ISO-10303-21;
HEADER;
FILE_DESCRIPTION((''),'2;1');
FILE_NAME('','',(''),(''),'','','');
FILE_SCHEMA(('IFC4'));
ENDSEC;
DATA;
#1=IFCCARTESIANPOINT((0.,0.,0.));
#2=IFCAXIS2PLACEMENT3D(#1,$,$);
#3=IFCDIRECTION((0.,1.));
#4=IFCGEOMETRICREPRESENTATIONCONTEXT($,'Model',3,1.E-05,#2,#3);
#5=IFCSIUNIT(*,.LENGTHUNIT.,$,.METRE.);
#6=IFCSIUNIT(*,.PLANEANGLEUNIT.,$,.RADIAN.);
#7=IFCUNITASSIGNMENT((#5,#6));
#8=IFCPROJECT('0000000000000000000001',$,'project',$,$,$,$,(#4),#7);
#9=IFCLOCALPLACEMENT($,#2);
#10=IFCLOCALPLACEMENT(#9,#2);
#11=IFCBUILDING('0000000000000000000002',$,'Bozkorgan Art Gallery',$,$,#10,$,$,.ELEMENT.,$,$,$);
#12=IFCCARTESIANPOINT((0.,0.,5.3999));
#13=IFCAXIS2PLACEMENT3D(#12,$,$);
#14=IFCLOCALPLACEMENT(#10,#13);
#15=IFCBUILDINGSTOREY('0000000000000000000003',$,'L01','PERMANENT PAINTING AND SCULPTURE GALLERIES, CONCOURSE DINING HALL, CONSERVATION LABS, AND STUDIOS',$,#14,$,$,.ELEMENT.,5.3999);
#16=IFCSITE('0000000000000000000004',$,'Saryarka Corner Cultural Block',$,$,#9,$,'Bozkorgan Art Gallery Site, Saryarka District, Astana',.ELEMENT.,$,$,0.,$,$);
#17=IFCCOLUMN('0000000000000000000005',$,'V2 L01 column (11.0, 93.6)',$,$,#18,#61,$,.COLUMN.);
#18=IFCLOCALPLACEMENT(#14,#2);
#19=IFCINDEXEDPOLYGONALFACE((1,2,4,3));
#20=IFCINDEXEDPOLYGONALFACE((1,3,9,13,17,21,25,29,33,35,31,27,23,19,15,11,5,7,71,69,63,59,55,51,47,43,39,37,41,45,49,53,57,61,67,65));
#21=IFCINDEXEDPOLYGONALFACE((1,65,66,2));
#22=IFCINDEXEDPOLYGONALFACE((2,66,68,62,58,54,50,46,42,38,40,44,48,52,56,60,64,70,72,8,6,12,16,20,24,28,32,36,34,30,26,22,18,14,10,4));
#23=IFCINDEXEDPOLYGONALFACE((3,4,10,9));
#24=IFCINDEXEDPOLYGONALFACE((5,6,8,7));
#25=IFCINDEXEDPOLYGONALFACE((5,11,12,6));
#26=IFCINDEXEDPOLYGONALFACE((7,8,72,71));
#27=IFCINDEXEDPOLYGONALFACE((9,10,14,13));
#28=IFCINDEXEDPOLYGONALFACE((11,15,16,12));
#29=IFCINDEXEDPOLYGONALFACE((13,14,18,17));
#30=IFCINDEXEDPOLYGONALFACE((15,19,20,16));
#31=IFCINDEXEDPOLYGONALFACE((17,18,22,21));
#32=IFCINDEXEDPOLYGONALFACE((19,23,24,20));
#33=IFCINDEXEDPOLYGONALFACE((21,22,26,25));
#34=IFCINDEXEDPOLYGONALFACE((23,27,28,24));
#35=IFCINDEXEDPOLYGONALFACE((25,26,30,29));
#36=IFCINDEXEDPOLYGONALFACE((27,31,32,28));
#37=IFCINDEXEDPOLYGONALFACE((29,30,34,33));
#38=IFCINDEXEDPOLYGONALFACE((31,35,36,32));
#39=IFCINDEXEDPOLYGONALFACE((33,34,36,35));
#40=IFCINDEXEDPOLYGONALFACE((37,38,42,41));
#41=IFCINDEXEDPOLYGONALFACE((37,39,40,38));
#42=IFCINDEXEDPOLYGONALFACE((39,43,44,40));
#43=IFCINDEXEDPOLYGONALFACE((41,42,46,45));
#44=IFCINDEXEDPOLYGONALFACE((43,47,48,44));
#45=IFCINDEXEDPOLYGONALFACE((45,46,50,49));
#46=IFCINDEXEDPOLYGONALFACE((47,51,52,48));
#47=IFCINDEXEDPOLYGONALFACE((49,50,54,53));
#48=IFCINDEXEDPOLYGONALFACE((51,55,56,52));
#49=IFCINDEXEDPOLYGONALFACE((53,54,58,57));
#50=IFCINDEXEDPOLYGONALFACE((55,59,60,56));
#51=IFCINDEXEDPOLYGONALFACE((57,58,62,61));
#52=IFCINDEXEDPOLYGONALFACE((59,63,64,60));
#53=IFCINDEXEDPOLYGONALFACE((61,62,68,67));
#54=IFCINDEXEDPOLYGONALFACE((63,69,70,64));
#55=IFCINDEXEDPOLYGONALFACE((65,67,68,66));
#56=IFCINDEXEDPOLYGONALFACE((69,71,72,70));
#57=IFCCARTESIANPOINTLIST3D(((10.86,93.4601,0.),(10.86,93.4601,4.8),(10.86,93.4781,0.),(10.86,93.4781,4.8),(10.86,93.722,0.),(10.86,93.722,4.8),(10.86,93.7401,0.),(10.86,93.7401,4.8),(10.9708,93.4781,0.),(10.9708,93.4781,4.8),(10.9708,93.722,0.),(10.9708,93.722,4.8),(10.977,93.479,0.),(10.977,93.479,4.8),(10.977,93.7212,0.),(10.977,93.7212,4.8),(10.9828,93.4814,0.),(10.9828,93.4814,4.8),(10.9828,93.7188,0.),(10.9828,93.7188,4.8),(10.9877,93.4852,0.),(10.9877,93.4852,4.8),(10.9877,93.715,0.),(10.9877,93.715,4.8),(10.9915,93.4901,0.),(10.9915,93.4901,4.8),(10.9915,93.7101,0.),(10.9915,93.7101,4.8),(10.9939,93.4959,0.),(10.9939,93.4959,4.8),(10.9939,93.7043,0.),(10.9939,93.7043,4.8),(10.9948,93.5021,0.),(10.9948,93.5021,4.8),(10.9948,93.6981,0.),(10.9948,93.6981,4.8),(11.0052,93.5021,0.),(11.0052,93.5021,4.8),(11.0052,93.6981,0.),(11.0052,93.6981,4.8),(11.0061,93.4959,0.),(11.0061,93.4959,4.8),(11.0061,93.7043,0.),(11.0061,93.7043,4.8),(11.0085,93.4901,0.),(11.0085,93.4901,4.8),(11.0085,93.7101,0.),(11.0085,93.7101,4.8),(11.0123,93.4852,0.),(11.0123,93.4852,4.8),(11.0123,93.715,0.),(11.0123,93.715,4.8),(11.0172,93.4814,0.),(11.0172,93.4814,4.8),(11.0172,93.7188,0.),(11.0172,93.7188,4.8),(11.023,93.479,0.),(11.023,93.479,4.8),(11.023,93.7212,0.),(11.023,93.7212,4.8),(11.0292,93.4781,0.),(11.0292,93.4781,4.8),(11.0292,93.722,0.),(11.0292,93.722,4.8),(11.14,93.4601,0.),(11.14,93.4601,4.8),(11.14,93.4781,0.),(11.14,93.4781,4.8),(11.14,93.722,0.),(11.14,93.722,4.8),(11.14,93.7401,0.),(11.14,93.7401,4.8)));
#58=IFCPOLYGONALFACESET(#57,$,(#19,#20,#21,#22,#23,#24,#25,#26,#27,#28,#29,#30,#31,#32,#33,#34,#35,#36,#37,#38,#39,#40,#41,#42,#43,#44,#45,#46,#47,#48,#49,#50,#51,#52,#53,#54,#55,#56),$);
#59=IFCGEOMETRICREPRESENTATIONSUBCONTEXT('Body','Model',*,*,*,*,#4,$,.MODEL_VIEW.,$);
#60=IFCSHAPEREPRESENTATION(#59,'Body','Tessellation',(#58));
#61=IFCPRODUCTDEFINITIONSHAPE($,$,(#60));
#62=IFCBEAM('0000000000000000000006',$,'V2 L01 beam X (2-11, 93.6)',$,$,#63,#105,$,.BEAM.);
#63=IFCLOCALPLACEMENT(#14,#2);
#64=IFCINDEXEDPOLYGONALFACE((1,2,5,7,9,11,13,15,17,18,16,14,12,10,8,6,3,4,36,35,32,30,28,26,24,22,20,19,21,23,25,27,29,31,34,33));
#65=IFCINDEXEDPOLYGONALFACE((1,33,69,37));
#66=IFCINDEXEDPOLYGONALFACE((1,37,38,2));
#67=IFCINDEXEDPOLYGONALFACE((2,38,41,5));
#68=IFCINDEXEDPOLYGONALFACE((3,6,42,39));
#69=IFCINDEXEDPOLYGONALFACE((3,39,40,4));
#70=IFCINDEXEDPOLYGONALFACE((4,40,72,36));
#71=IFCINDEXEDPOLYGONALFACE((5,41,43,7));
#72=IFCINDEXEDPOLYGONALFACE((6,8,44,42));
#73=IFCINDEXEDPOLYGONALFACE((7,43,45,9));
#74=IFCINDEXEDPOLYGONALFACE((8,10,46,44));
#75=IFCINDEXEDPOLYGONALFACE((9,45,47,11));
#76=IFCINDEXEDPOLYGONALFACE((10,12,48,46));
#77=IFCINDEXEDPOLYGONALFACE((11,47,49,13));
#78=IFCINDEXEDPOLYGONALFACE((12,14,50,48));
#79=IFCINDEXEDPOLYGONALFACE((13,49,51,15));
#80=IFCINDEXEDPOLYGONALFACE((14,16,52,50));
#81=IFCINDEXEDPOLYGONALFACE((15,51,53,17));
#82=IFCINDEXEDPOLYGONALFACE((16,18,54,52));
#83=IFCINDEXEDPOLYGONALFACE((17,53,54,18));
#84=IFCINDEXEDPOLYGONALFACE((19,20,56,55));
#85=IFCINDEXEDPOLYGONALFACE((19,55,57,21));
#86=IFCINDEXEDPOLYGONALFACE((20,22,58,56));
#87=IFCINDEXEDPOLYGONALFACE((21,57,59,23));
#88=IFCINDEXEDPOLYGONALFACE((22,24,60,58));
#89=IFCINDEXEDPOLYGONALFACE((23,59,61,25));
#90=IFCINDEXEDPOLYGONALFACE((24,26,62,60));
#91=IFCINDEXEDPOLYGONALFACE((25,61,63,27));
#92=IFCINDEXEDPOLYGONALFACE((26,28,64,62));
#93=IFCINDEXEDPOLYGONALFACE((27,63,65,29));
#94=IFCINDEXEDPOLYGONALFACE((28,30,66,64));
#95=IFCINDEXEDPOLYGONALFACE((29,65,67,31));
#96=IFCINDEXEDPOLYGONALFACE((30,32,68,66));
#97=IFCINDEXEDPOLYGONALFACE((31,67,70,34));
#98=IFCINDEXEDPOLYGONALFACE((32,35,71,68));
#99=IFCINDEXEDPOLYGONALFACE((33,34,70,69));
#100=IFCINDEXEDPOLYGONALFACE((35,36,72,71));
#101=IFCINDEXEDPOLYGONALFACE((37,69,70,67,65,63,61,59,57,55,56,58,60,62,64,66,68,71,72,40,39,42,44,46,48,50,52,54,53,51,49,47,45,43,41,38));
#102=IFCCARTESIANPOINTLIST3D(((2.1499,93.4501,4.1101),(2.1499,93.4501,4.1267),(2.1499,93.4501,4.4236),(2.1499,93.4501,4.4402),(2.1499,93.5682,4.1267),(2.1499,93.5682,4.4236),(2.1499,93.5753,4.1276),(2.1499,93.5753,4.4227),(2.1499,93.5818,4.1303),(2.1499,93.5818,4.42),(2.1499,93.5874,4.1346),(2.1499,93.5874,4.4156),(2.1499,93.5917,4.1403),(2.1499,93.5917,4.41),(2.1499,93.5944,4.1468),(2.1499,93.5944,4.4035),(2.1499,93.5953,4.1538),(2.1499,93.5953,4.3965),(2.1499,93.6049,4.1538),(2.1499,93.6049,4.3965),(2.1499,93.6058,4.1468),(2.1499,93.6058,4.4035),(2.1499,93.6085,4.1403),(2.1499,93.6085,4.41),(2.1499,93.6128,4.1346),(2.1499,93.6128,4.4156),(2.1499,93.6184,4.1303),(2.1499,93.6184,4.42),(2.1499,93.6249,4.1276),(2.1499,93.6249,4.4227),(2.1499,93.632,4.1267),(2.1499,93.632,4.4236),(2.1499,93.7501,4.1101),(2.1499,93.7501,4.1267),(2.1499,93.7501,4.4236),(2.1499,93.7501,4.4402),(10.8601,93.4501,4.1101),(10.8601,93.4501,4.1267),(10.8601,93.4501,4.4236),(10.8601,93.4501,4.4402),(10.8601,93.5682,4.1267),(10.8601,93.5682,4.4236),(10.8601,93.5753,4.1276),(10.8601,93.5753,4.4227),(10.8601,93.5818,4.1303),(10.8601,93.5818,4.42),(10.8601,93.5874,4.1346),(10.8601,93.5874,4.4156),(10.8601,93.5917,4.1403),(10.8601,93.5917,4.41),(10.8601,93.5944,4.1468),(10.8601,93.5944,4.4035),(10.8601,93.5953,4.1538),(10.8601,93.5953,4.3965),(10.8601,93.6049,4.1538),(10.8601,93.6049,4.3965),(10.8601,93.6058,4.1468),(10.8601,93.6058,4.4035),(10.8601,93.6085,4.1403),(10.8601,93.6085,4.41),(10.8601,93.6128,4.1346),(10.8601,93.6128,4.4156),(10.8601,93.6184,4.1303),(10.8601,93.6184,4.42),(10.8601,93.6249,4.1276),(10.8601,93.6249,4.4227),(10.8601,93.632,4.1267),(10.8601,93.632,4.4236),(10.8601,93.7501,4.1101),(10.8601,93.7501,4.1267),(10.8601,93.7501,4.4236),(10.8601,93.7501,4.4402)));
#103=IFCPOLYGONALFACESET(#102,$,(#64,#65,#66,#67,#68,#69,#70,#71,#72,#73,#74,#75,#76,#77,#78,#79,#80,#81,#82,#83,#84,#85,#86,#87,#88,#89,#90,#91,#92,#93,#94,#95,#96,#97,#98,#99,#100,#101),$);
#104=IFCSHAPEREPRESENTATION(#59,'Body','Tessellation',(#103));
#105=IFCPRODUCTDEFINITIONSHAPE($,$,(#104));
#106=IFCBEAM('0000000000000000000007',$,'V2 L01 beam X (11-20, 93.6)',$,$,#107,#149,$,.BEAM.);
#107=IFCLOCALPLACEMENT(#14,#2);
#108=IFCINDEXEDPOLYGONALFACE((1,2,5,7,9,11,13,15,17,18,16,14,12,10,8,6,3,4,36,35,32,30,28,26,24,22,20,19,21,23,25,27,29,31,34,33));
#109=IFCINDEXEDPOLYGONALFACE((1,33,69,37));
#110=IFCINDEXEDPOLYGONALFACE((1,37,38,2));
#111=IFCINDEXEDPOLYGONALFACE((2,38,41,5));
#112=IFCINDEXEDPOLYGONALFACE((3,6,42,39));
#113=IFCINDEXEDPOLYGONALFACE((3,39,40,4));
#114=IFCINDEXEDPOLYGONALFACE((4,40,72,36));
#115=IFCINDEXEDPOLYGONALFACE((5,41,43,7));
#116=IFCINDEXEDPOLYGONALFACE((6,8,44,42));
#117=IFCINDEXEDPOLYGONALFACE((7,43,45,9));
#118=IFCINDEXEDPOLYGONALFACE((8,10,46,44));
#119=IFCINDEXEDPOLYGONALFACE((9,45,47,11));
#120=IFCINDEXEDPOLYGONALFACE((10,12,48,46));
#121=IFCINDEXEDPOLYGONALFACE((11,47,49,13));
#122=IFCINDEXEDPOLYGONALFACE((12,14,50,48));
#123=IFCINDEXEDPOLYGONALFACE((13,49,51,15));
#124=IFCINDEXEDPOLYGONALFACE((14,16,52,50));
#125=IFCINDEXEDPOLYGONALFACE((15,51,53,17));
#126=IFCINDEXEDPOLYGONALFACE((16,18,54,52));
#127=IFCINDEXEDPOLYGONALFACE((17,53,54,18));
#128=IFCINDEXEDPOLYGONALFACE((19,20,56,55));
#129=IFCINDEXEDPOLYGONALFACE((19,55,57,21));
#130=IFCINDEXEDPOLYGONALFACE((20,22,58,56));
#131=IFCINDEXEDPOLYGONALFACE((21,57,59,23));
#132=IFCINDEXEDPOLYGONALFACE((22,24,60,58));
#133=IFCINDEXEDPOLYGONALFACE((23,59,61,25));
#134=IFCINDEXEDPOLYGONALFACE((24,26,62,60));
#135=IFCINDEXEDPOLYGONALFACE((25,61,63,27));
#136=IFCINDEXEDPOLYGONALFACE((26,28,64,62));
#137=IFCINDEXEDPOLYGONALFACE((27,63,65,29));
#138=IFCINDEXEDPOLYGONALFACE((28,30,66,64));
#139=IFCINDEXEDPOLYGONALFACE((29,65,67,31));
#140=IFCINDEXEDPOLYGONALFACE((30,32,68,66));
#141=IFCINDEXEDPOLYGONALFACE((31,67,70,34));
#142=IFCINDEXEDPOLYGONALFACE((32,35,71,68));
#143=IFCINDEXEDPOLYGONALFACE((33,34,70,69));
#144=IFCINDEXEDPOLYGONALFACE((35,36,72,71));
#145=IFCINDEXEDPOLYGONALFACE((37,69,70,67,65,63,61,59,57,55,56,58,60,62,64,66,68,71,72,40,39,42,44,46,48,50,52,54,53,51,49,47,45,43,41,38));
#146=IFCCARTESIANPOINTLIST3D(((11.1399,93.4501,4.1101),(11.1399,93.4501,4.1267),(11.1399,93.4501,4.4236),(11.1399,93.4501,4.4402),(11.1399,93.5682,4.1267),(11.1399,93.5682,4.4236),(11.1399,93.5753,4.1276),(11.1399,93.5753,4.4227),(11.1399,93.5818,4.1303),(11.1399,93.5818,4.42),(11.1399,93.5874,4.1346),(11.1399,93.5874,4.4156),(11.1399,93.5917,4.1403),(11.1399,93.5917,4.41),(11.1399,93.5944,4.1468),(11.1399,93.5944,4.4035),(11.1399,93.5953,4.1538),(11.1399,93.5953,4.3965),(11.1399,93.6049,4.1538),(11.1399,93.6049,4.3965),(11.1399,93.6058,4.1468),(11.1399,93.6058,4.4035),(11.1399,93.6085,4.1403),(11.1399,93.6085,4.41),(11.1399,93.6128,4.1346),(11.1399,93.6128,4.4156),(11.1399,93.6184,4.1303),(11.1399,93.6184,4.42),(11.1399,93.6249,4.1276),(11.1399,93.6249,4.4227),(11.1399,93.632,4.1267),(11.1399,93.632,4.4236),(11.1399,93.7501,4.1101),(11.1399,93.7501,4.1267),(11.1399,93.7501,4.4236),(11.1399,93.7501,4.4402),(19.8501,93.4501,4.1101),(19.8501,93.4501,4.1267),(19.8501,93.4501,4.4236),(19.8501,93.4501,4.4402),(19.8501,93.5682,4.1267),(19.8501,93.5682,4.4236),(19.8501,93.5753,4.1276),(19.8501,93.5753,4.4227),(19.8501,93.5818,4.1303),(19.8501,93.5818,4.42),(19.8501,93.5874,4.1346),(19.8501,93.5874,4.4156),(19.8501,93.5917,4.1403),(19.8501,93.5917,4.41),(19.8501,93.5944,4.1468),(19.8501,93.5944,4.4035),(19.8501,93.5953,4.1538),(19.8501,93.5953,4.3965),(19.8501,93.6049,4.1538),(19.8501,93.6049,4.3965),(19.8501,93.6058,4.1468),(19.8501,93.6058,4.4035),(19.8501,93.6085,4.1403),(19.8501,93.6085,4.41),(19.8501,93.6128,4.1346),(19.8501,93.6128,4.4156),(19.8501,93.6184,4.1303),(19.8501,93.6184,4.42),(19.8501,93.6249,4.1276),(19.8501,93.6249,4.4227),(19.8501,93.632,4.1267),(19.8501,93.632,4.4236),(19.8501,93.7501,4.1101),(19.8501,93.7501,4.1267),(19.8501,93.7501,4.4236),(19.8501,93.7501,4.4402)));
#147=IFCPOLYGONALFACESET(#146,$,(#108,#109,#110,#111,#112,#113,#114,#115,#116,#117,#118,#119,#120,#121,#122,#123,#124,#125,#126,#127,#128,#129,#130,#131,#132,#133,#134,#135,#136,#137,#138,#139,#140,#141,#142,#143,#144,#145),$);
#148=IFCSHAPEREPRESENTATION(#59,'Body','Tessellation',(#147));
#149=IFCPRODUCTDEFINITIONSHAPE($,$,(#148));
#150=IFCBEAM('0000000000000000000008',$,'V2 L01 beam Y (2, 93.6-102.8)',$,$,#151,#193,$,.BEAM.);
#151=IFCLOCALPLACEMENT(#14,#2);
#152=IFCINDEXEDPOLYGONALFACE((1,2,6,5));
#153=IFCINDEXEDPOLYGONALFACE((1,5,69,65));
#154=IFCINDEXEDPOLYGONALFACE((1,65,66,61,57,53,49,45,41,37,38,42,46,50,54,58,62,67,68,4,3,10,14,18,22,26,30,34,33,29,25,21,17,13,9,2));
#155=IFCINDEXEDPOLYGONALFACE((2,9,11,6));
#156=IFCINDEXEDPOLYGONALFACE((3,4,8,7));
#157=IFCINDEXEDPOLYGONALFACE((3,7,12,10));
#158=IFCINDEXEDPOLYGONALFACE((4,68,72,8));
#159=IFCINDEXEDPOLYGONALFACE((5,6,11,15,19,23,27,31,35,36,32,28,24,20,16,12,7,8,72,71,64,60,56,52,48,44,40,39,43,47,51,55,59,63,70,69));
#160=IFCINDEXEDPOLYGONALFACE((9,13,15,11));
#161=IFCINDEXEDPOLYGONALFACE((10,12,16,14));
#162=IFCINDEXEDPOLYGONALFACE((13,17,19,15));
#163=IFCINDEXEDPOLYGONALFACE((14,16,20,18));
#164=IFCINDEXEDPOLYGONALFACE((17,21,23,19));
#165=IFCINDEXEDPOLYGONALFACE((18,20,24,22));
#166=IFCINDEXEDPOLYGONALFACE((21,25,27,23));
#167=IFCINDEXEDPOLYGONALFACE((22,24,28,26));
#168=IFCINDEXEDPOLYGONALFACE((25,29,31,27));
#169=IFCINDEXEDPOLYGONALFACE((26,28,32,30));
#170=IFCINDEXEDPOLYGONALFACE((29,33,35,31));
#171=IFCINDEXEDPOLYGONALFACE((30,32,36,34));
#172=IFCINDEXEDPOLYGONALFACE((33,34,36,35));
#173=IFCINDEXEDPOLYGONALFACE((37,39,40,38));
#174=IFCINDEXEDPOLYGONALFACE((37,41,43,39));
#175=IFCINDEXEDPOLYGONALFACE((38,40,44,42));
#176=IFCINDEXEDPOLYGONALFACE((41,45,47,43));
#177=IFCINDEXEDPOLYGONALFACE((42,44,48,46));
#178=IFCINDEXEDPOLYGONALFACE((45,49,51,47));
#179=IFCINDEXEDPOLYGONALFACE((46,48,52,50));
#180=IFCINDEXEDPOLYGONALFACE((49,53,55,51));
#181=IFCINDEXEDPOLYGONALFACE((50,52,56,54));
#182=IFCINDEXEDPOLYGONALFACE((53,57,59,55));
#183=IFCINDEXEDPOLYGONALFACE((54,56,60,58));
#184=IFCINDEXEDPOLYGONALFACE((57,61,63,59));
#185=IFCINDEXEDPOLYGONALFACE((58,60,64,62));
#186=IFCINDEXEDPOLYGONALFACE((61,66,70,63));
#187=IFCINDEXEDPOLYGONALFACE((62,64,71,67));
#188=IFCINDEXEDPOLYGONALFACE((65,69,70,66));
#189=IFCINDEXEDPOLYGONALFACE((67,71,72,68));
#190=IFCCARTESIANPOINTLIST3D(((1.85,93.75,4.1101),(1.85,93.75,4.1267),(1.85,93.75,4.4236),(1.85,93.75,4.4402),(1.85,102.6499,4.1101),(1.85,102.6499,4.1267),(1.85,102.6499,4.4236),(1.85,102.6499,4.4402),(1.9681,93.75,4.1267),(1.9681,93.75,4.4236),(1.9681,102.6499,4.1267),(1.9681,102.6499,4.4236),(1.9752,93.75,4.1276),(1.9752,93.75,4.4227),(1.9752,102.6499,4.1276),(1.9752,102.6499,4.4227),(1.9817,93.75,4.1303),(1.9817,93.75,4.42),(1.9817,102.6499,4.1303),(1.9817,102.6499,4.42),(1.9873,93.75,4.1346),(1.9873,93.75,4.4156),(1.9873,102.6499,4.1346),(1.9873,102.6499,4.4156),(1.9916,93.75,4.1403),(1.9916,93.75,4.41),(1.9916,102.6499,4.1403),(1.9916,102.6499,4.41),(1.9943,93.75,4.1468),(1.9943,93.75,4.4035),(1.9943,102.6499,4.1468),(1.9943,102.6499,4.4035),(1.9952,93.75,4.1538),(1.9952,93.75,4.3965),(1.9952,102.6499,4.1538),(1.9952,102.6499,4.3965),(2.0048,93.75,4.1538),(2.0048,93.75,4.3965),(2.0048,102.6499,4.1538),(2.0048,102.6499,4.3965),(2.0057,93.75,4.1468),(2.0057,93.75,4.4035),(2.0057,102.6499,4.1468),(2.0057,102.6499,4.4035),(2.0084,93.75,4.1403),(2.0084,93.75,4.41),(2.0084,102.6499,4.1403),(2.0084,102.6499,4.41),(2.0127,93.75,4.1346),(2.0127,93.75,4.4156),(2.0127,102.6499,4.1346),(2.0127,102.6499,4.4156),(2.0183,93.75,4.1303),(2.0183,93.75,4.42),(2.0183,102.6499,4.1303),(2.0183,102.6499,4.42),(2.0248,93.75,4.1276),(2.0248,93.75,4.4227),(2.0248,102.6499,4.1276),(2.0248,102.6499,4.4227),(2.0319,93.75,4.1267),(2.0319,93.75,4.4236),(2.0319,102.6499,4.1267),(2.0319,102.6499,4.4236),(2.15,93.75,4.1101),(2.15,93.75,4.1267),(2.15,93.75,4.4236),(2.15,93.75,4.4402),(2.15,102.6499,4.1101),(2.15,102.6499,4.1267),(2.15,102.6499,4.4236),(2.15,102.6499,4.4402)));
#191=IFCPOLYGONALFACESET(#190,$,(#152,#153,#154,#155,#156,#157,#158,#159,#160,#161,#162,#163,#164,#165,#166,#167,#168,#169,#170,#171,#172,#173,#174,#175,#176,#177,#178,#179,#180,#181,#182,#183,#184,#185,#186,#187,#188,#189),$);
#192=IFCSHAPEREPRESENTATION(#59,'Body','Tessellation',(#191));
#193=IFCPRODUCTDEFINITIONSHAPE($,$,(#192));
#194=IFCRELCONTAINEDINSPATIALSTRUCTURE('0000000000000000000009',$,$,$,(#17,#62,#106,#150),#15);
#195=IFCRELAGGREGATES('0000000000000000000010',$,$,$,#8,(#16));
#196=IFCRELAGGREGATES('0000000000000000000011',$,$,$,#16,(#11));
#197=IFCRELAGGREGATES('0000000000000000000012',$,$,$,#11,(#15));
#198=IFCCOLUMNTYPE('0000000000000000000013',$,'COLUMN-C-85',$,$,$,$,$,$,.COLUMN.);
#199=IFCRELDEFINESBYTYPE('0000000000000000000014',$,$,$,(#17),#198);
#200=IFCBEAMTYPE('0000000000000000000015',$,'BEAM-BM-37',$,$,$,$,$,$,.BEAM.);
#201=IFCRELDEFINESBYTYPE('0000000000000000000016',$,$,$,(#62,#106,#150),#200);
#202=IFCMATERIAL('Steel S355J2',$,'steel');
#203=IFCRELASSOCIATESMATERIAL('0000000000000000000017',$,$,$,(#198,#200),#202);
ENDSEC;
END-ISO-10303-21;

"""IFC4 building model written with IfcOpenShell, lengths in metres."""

from ifc_helpers import new_model, si_unit, direction, frame, origin, origin_2d, place, context, subcontext, project, spatial, i_section, extrude, material, material_profile, profile_set, type_object, element, save


model = new_model("IFC4")

# Units and contexts
model_context = context("Model", 3, precision=1e-05, world=origin(), true_north=direction((0.0, 1.0)))
body_context = subcontext(model_context, "Body", "Model", "MODEL_VIEW")
ifc_project = project(units=[si_unit("LENGTHUNIT", "METRE"), si_unit("PLANEANGLEUNIT", "RADIAN")], contexts=[model_context])

# Site, building, storey
site_placement = place(None, origin())
site = spatial("IfcSite", under=ifc_project, at=site_placement, Name="Saryarka Corner Cultural Block", LongName="Bozkorgan Art Gallery Site, Saryarka District, Astana", CompositionType="ELEMENT", RefElevation=0.0)
building_placement = place(site_placement, origin())
building = spatial("IfcBuilding", under=site, at=building_placement, Name="Bozkorgan Art Gallery", CompositionType="ELEMENT")
storey_placement = place(building_placement, frame((0.0, 0.0, 5.3999)))
storey = spatial("IfcBuildingStorey", under=building, at=storey_placement, Name="L01", Description="PERMANENT PAINTING AND SCULPTURE GALLERIES, CONCOURSE DINING HALL, CONSERVATION LABS, AND STUDIOS", CompositionType="ELEMENT", Elevation=5.3999)

# Column
ifc_material_1 = material(Name="Steel S355J2", Category="steel")
ifc_material_profile_1 = material_profile(ifc_material_1, i_section(OverallWidth=0.28, OverallDepth=0.28, WebThickness=0.0105, FlangeThickness=0.0181, FilletRadius=0.0239, at=origin_2d()), Name="HEB 280")
ifc_profile_set_1 = profile_set([ifc_material_profile_1], Name="Steel S355J2")
column_type = type_object("IfcColumnType", Name="COLUMN-C-85", PredefinedType="COLUMN", material=ifc_profile_set_1)
column_placement = place(storey_placement, frame((11.0, 93.6001, 0.0), z_axis=(0.0, 0.0, 1.0), x_axis=(1.0, 0.0, 0.0)))
element("IfcColumn", 1, at=column_placement, inside=storey, type_object=column_type, Name="V2 L01 column (11.0, 93.6)", PredefinedType="COLUMN", context=body_context, shape_type="SweptSolid", body=[
    extrude(i_section(OverallWidth=0.28, OverallDepth=0.28, WebThickness=0.0105, FlangeThickness=0.0181, FilletRadius=0.0239, at=origin_2d()), origin(), (0.0, 0.0, 1.0), 4.8),
])

# Beams
ifc_material_profile_2 = material_profile(ifc_material_1, i_section(OverallWidth=0.3, OverallDepth=0.3301, WebThickness=0.0095, FlangeThickness=0.0166, FilletRadius=0.0271, at=origin_2d()), Name="HEA 340")
ifc_profile_set_2 = profile_set([ifc_material_profile_2], Name="Steel S355J2")
beam_type = type_object("IfcBeamType", Name="BEAM-BM-37", PredefinedType="BEAM", material=ifc_profile_set_2)
for number, where, z_axis, x_axis, name in (
    (2, (2.1499, 93.6001, 4.2751), (1.0, 0.0, 0.0), (0.0, 1.0, 0.0), "V2 L01 beam X (2-11, 93.6)"),
    (3, (11.1399, 93.6001, 4.2751), (1.0, 0.0, 0.0), (0.0, 1.0, 0.0), "V2 L01 beam X (11-20, 93.6)"),
):
    element("IfcBeam", number, at=place(storey_placement, frame(where, z_axis=z_axis, x_axis=x_axis)), inside=storey, type_object=beam_type, Name=name, PredefinedType="BEAM", context=body_context, shape_type="SweptSolid", body=[
        extrude(i_section(OverallWidth=0.3, OverallDepth=0.3301, WebThickness=0.0095, FlangeThickness=0.0166, FilletRadius=0.0271, at=origin_2d()), origin(), (0.0, 0.0, 1.0), 8.7102),
    ])
beam_placement = place(storey_placement, frame((2.0, 93.75, 4.2751), z_axis=(0.0, 1.0, 0.0), x_axis=(-1.0, 0.0, 0.0)))
element("IfcBeam", 4, at=beam_placement, inside=storey, type_object=beam_type, Name="V2 L01 beam Y (2, 93.6-102.8)", PredefinedType="BEAM", context=body_context, shape_type="SweptSolid", body=[
    extrude(i_section(OverallWidth=0.3, OverallDepth=0.3301, WebThickness=0.0095, FlangeThickness=0.0166, FilletRadius=0.0271, at=origin_2d()), origin(), (0.0, 0.0, 1.0), 8.8999),
])

save(model, "model.ifc")
